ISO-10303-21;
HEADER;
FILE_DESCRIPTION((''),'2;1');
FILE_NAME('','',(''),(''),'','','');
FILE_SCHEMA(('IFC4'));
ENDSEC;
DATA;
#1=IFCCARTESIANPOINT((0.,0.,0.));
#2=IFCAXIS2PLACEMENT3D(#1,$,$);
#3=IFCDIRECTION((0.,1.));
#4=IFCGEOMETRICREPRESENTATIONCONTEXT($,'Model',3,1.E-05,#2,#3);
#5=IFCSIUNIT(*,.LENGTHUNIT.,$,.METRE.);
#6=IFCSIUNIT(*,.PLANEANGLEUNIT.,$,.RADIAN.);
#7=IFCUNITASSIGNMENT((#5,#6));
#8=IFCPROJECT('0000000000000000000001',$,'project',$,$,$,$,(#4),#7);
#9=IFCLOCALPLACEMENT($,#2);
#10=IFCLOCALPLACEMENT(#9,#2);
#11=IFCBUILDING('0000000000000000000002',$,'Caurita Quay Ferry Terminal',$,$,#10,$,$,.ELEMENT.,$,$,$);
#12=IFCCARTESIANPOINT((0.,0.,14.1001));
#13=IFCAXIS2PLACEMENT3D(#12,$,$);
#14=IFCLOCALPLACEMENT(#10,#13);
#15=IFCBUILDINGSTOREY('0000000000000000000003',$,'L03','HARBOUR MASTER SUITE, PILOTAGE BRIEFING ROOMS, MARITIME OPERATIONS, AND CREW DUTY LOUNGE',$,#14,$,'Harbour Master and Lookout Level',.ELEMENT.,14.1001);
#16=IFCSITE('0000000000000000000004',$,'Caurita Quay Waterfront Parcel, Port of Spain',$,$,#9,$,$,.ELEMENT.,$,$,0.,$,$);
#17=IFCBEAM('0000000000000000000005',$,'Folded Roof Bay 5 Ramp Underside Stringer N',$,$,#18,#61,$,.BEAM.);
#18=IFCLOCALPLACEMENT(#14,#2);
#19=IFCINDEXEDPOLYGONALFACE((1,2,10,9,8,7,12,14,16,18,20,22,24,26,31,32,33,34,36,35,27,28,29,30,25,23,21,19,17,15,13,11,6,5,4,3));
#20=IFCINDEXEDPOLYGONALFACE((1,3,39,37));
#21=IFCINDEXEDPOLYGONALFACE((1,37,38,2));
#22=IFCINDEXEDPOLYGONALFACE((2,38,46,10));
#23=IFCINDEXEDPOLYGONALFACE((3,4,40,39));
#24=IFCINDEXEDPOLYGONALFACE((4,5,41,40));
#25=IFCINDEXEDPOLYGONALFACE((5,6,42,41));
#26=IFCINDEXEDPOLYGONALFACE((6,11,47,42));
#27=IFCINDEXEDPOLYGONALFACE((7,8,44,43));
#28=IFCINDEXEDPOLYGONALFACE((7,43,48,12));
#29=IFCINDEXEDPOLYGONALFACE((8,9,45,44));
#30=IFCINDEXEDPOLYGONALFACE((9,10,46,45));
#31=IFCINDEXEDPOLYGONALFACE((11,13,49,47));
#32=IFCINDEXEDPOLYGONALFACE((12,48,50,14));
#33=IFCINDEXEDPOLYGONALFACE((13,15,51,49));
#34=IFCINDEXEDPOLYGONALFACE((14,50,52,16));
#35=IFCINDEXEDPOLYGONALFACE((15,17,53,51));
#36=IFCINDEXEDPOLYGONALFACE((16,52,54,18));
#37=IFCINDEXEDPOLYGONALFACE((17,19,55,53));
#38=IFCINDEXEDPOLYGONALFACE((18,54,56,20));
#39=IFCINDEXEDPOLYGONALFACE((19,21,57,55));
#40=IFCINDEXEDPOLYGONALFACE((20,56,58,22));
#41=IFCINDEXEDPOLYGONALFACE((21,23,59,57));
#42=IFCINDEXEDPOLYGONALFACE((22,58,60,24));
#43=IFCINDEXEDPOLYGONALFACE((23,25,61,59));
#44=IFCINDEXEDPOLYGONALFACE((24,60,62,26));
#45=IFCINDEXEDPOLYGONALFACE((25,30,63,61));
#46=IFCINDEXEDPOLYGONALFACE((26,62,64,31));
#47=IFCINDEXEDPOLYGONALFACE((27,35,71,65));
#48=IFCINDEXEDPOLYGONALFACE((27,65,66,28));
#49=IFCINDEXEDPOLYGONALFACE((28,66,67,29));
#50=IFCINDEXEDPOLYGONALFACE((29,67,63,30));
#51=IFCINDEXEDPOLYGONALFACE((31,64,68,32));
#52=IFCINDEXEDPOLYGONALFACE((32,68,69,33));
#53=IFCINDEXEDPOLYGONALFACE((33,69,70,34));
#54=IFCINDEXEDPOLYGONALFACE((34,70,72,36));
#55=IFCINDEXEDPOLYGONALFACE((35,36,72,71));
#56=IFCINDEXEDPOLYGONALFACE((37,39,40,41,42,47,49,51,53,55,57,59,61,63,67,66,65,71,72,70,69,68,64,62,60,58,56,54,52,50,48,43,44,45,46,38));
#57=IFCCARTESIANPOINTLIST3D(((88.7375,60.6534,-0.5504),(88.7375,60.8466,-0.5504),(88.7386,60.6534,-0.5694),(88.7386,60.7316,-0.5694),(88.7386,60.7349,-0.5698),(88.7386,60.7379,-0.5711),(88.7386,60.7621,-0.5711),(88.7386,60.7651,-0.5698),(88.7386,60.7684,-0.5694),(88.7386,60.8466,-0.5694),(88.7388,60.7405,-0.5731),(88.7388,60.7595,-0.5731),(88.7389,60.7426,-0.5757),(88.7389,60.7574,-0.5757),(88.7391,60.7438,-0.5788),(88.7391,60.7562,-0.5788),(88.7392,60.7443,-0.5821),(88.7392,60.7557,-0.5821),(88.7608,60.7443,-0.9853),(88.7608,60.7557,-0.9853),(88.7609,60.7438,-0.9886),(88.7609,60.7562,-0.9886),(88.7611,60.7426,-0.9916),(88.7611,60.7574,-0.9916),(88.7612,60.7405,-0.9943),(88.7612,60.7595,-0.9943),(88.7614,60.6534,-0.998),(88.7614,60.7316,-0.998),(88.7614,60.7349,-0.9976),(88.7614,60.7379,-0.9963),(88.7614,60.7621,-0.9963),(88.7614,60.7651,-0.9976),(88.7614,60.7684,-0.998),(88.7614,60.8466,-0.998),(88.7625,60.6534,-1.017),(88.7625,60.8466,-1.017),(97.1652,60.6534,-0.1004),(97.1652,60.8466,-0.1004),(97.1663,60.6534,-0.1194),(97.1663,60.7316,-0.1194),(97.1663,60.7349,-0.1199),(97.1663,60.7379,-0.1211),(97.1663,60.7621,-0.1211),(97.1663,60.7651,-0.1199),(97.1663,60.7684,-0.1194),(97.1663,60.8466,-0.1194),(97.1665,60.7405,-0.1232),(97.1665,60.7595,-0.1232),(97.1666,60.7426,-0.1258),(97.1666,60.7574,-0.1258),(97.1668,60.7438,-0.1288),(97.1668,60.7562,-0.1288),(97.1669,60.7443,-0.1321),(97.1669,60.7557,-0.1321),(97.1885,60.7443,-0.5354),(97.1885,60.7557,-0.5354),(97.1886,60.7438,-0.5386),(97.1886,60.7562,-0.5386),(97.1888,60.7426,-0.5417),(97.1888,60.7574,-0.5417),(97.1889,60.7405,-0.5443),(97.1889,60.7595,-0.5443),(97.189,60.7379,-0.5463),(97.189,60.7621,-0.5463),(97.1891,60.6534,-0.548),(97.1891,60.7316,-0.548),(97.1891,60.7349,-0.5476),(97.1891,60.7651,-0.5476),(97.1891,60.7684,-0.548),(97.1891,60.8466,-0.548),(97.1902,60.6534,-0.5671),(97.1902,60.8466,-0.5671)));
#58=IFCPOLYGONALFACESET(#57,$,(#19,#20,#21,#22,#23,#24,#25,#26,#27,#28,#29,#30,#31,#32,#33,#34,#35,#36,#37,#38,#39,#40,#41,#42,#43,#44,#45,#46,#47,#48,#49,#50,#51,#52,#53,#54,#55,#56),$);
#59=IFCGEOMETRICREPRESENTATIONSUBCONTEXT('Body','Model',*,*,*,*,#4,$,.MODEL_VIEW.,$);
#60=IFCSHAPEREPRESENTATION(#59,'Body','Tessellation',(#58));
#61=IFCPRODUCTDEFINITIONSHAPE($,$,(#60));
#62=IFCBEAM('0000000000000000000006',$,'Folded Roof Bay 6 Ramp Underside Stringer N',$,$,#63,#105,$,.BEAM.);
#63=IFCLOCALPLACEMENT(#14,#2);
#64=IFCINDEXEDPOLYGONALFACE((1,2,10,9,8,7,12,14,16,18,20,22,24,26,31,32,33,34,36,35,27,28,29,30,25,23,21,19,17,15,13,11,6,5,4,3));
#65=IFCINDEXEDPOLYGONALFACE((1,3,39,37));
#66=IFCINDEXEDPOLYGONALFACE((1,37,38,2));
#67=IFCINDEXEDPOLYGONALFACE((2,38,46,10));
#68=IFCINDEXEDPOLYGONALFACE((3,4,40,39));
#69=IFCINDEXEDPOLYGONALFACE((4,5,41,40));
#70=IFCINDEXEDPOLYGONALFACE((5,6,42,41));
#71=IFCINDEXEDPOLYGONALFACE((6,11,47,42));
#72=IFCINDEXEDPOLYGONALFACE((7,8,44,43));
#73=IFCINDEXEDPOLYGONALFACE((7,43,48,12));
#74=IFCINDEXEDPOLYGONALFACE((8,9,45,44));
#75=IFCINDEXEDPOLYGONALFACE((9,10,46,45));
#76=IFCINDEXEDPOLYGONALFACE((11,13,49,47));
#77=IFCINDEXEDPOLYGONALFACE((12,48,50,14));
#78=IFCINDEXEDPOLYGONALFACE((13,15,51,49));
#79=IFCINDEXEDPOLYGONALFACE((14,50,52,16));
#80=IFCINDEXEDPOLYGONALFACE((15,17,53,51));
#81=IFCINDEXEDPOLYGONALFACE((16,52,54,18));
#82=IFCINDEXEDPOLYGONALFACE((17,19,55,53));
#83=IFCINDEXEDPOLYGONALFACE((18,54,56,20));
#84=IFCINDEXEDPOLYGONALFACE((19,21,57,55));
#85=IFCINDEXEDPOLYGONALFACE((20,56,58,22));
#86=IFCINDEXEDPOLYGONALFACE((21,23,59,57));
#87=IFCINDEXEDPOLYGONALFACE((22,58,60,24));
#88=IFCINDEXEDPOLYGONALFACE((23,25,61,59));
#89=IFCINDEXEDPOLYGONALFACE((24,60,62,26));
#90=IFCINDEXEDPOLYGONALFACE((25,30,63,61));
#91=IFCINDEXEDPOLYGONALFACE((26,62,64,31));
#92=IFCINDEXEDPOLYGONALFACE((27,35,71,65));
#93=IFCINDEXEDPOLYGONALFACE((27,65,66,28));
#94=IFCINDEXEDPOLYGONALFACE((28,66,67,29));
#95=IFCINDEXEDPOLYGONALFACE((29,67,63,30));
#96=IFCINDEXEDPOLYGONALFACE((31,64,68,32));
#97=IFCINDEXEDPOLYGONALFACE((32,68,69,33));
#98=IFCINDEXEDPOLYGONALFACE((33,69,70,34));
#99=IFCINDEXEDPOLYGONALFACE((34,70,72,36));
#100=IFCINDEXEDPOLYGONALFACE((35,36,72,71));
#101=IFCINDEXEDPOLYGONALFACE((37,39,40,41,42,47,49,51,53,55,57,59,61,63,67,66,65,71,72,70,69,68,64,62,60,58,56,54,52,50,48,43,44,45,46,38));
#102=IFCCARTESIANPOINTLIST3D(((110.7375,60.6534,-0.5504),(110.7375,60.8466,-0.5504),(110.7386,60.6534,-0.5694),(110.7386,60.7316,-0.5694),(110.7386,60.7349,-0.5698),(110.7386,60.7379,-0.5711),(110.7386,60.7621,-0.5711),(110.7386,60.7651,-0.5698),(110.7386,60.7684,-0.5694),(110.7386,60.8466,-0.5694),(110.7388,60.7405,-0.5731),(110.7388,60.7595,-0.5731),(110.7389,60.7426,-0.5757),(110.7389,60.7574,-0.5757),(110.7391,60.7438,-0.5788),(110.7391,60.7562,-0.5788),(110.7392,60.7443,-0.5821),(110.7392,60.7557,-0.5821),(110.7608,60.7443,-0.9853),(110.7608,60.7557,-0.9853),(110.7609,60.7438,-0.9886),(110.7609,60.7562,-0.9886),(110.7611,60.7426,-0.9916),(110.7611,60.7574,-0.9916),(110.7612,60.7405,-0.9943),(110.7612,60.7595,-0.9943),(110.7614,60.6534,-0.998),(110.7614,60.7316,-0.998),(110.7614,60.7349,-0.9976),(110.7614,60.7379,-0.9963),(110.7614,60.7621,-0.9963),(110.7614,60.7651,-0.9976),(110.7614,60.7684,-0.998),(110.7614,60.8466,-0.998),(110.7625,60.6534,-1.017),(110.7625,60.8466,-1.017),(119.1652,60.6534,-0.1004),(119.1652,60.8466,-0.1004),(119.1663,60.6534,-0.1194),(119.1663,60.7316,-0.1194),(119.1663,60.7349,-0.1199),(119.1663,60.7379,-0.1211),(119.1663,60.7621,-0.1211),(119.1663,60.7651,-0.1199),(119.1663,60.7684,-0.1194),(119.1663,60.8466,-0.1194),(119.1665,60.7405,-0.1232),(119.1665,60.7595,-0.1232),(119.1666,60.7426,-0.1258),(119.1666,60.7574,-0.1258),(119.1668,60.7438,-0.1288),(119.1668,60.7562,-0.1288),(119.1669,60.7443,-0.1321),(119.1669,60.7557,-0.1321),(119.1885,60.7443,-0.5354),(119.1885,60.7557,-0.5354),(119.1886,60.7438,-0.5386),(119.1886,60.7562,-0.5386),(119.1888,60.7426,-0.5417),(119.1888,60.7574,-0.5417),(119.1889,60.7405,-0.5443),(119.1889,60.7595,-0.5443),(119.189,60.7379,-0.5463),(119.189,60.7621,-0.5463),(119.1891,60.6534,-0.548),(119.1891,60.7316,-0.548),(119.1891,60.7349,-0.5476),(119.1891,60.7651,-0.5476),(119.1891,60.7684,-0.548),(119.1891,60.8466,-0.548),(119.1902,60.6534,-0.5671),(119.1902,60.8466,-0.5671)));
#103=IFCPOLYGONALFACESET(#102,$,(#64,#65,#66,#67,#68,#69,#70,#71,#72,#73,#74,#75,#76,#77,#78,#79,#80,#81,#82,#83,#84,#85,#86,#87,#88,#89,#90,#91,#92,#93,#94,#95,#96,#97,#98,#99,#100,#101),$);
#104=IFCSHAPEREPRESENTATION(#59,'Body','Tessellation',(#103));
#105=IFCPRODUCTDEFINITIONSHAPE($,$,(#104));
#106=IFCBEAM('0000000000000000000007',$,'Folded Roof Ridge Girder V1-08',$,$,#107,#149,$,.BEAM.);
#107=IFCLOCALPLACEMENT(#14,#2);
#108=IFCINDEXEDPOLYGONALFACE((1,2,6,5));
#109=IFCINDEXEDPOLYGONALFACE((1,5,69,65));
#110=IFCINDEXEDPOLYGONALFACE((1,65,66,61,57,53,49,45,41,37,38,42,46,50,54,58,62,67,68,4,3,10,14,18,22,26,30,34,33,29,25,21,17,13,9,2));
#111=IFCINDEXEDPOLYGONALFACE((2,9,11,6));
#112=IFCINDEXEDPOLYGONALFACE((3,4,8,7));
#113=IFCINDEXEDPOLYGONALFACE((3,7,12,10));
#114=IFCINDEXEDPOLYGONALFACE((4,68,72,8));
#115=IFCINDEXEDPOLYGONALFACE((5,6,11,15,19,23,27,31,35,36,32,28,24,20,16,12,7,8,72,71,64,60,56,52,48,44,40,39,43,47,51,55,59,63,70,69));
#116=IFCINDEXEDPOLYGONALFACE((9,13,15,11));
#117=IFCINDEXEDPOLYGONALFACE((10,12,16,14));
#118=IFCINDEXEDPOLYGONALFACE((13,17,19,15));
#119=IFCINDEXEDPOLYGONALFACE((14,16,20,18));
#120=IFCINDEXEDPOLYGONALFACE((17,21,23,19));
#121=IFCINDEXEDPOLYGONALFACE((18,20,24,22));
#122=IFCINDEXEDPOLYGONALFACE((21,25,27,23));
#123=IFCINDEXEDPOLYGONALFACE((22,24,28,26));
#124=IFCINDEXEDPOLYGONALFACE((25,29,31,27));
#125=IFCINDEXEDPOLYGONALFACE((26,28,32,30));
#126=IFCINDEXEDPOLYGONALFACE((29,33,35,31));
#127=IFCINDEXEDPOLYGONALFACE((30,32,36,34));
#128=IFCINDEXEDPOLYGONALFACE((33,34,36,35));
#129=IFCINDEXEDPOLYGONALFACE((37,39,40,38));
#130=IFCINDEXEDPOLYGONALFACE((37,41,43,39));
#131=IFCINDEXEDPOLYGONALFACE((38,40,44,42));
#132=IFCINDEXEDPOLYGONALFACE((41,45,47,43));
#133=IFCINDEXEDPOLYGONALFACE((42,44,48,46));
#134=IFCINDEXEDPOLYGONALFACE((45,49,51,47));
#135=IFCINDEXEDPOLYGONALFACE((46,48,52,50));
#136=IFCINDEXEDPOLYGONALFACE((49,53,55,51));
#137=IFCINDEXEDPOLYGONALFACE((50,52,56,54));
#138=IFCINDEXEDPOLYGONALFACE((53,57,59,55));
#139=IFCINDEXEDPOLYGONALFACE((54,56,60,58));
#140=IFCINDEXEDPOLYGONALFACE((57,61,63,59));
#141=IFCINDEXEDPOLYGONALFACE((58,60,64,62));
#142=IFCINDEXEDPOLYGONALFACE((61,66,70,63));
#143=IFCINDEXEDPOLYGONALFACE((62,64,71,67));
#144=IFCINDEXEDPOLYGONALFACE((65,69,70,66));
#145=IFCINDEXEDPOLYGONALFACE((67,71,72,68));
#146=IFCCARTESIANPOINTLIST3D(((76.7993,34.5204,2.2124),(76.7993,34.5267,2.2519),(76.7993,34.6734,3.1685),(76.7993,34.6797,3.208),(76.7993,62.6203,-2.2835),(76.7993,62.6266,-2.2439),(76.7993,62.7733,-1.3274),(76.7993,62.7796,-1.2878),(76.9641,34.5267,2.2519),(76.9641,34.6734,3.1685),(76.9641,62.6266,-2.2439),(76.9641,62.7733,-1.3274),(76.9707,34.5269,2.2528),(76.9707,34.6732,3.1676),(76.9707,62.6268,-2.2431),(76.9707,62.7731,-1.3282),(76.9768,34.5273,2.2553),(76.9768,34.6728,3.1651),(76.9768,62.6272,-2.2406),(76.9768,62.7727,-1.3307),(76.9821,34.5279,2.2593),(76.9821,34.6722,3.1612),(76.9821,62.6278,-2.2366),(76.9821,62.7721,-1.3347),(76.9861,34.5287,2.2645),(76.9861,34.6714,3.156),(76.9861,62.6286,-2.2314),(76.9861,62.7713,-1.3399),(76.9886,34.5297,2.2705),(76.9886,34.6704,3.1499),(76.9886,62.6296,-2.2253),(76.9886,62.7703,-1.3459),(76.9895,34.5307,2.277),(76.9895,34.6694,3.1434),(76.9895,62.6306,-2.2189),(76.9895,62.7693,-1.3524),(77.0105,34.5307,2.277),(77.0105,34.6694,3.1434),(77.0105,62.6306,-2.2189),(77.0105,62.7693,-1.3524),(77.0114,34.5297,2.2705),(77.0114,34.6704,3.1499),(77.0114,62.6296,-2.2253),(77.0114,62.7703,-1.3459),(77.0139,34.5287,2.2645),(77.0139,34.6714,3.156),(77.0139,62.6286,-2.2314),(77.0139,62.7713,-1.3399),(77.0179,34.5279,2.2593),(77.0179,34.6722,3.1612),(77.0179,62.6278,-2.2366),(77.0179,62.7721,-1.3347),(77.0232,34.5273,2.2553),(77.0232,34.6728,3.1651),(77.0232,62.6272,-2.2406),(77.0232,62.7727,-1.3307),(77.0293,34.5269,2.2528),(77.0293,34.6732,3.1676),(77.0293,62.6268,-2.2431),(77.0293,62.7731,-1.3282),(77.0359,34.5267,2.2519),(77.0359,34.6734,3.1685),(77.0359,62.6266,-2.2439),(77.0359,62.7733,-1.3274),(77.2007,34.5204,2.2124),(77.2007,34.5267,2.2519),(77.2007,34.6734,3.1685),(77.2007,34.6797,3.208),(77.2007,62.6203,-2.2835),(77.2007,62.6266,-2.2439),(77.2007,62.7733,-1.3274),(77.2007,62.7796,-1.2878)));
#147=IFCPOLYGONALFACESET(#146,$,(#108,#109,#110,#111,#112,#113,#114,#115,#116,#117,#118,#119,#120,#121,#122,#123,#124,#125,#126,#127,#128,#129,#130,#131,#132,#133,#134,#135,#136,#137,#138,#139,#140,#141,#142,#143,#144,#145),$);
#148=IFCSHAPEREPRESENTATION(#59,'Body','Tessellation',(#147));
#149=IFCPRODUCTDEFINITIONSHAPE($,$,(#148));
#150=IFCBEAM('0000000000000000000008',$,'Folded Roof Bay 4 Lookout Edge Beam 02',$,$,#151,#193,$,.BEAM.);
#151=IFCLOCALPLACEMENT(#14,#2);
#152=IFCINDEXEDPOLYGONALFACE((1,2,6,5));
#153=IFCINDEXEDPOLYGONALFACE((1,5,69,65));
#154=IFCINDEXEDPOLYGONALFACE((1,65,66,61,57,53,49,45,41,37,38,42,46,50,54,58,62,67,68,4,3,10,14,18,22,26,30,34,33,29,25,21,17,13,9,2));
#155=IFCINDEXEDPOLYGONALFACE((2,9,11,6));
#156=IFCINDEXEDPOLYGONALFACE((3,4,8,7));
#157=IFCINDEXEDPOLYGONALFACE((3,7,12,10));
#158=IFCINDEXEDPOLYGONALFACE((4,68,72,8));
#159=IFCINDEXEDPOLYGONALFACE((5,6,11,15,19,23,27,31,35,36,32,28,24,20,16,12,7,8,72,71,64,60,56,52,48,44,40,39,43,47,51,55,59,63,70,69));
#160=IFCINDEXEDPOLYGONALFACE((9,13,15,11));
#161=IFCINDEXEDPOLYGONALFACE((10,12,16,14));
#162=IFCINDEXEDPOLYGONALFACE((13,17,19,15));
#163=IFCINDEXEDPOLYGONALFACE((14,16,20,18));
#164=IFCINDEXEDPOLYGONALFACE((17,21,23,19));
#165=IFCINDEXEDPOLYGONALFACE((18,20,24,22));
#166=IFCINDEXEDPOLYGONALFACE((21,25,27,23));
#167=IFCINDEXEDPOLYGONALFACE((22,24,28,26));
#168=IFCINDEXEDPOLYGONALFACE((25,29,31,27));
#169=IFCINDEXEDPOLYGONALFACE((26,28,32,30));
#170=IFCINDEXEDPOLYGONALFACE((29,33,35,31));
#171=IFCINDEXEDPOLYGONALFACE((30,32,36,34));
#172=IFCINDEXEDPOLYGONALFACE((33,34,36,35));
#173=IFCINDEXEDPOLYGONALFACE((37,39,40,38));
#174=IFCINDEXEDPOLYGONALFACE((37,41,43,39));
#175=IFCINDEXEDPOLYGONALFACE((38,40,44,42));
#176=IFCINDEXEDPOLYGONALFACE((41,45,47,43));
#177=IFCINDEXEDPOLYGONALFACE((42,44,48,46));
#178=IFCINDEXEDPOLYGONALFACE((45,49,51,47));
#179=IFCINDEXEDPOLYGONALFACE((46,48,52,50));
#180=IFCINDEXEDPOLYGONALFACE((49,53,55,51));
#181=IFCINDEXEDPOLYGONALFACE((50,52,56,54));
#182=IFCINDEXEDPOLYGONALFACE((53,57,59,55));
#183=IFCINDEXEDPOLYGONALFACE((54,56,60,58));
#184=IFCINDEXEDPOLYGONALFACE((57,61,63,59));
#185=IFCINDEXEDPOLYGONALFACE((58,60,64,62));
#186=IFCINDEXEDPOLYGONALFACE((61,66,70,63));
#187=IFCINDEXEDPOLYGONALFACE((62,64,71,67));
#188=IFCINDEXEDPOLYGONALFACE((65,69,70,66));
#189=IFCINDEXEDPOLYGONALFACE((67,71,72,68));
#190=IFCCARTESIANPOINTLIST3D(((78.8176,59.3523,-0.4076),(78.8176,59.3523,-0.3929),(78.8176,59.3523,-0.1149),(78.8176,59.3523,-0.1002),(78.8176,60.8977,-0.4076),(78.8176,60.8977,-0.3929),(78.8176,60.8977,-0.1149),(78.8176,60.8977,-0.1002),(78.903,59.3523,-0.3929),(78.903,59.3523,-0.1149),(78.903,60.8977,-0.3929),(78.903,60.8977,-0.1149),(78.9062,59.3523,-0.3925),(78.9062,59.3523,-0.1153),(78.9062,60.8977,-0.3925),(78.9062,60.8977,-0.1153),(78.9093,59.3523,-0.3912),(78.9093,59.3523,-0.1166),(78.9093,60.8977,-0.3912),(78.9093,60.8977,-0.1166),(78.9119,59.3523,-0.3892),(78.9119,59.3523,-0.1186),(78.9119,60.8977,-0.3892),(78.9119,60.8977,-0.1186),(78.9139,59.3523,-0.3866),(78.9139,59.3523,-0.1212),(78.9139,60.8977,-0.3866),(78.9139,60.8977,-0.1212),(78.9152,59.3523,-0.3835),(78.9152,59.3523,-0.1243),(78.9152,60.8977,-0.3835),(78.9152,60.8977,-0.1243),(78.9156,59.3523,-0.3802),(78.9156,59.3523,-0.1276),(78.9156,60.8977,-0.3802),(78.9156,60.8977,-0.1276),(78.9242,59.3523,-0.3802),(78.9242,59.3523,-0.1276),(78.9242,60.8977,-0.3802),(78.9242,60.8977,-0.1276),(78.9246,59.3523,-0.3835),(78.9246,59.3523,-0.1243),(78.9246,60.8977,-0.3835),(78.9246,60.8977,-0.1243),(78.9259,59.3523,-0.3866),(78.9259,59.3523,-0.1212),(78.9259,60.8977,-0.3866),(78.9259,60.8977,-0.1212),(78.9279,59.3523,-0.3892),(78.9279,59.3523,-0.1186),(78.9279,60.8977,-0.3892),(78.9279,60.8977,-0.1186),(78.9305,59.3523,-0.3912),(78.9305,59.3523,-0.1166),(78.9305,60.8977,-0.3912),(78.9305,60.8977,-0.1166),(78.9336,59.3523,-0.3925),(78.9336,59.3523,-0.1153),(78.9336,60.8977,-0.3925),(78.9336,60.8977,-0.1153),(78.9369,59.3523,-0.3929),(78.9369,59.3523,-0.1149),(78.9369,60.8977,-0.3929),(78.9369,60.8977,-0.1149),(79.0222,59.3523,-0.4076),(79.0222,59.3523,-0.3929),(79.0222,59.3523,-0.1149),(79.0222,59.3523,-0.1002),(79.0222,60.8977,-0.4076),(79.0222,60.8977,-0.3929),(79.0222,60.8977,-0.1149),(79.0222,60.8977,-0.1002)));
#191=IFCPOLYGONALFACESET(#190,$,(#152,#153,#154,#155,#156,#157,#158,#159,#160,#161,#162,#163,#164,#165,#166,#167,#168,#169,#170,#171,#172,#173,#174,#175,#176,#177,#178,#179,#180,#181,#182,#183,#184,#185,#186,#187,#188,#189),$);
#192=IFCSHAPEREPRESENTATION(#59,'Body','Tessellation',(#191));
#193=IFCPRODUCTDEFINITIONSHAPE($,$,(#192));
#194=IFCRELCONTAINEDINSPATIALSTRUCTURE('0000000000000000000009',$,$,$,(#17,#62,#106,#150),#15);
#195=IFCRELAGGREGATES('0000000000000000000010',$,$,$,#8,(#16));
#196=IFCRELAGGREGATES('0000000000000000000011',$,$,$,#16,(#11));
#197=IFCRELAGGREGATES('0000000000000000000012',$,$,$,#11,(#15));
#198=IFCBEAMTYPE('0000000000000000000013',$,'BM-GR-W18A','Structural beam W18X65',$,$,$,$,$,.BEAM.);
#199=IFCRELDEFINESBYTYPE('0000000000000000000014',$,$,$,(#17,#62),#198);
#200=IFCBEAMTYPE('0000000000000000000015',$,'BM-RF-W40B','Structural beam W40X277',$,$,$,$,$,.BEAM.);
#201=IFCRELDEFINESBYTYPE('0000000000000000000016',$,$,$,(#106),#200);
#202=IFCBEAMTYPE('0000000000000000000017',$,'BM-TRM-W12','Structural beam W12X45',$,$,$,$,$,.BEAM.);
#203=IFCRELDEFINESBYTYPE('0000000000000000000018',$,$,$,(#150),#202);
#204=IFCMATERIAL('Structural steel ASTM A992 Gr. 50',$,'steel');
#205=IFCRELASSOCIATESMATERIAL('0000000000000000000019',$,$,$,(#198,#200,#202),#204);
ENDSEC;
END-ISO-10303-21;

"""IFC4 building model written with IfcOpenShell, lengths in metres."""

from ifc_helpers import new_model, si_unit, direction, frame, origin, origin_2d, place, context, subcontext, project, spatial, i_section, extrude, material, material_profile, profile_set, type_object, element, save


model = new_model("IFC4")

# Units and contexts
model_context = context("Model", 3, precision=1e-05, world=origin(), true_north=direction((0.0, 1.0)))
body_context = subcontext(model_context, "Body", "Model", "MODEL_VIEW")
ifc_project = project(units=[si_unit("LENGTHUNIT", "METRE"), si_unit("PLANEANGLEUNIT", "RADIAN")], contexts=[model_context])

# Site, building, storey
site_placement = place(None, origin())
site = spatial("IfcSite", under=ifc_project, at=site_placement, Name="Caurita Quay Waterfront Parcel, Port of Spain", CompositionType="ELEMENT", RefElevation=0.0)
building_placement = place(site_placement, origin())
building = spatial("IfcBuilding", under=site, at=building_placement, Name="Caurita Quay Ferry Terminal", CompositionType="ELEMENT")
storey_placement = place(building_placement, frame((0.0, 0.0, 14.1001)))
storey = spatial("IfcBuildingStorey", under=building, at=storey_placement, Name="L03", Description="HARBOUR MASTER SUITE, PILOTAGE BRIEFING ROOMS, MARITIME OPERATIONS, AND CREW DUTY LOUNGE", LongName="Harbour Master and Lookout Level", CompositionType="ELEMENT", Elevation=14.1001)

# Beams
ifc_material_1 = material(Name="Structural steel ASTM A992 Gr. 50", Category="steel")
ifc_material_profile_1 = material_profile(ifc_material_1, i_section(OverallWidth=0.1931, OverallDepth=0.4673, WebThickness=0.0115, FlangeThickness=0.019, FilletRadius=0.0127, at=origin_2d()), Name="W18X65")
ifc_profile_set_1 = profile_set([ifc_material_profile_1], Name="Structural steel ASTM A992 Gr. 50")
beam_type_1 = type_object("IfcBeamType", Name="BM-GR-W18A", Description="Structural beam W18X65", PredefinedType="BEAM", material=ifc_profile_set_1)
for number, where, z_axis, x_axis, name in (
    (1, (88.75, 60.75, -0.7837), (0.998578, 0.0, 0.053313), (0.0, 1.0, 0.0), "Folded Roof Bay 5 Ramp Underside Stringer N"),
    (2, (110.75, 60.75, -0.7837), (0.998578, 0.0, 0.053313), (0.0, 1.0, 0.0), "Folded Roof Bay 6 Ramp Underside Stringer N"),
):
    element("IfcBeam", number, at=place(storey_placement, frame(where, z_axis=z_axis, x_axis=x_axis)), inside=storey, type_object=beam_type_1, Name=name, PredefinedType="BEAM", context=body_context, shape_type="SweptSolid", body=[
        extrude(i_section(OverallWidth=0.1931, OverallDepth=0.4673, WebThickness=0.0115, FlangeThickness=0.019, FilletRadius=0.0127, at=origin_2d()), origin(), (0.0, 0.0, 1.0), 8.4397),
    ])
ifc_material_profile_2 = material_profile(ifc_material_1, i_section(OverallWidth=0.4014, OverallDepth=1.0083, WebThickness=0.021, FlangeThickness=0.04, FilletRadius=0.0254, at=origin_2d()), Name="W40X277")
ifc_profile_set_2 = profile_set([ifc_material_profile_2], Name="Structural steel ASTM A992 Gr. 50")
beam_type_2 = type_object("IfcBeamType", Name="BM-RF-W40B", Description="Structural beam W40X277", PredefinedType="BEAM", material=ifc_profile_set_2)
beam_1_placement = place(storey_placement, frame((77.0, 62.7, -1.7856), z_axis=(0.0, -0.987441, 0.157986), x_axis=(1.0, 0.0, 0.0)))
element("IfcBeam", 3, at=beam_1_placement, inside=storey, type_object=beam_type_2, Name="Folded Roof Ridge Girder V1-08", PredefinedType="BEAM", context=body_context, shape_type="SweptSolid", body=[
    extrude(i_section(OverallWidth=0.4014, OverallDepth=1.0083, WebThickness=0.021, FlangeThickness=0.04, FilletRadius=0.0254, at=origin_2d()), origin(), (0.0, 0.0, 1.0), 28.4573),
])
ifc_material_profile_3 = material_profile(ifc_material_1, i_section(OverallWidth=0.2046, OverallDepth=0.3074, WebThickness=0.0085, FlangeThickness=0.0146, FilletRadius=0.0127, at=origin_2d()), Name="W12X45")
ifc_profile_set_3 = profile_set([ifc_material_profile_3], Name="Structural steel ASTM A992 Gr. 50")
beam_type_3 = type_object("IfcBeamType", Name="BM-TRM-W12", Description="Structural beam W12X45", PredefinedType="BEAM", material=ifc_profile_set_3)
beam_2_placement = place(storey_placement, frame((78.9199, 60.8977, -0.2539), z_axis=(0.0, -1.0, 0.0), x_axis=(1.0, 0.0, 0.0)))
element("IfcBeam", 4, at=beam_2_placement, inside=storey, type_object=beam_type_3, Name="Folded Roof Bay 4 Lookout Edge Beam 02", PredefinedType="BEAM", context=body_context, shape_type="SweptSolid", body=[
    extrude(i_section(OverallWidth=0.2046, OverallDepth=0.3074, WebThickness=0.0085, FlangeThickness=0.0146, FilletRadius=0.0127, at=origin_2d()), origin(), (0.0, 0.0, 1.0), 1.5454),
])

save(model, "model.ifc")
